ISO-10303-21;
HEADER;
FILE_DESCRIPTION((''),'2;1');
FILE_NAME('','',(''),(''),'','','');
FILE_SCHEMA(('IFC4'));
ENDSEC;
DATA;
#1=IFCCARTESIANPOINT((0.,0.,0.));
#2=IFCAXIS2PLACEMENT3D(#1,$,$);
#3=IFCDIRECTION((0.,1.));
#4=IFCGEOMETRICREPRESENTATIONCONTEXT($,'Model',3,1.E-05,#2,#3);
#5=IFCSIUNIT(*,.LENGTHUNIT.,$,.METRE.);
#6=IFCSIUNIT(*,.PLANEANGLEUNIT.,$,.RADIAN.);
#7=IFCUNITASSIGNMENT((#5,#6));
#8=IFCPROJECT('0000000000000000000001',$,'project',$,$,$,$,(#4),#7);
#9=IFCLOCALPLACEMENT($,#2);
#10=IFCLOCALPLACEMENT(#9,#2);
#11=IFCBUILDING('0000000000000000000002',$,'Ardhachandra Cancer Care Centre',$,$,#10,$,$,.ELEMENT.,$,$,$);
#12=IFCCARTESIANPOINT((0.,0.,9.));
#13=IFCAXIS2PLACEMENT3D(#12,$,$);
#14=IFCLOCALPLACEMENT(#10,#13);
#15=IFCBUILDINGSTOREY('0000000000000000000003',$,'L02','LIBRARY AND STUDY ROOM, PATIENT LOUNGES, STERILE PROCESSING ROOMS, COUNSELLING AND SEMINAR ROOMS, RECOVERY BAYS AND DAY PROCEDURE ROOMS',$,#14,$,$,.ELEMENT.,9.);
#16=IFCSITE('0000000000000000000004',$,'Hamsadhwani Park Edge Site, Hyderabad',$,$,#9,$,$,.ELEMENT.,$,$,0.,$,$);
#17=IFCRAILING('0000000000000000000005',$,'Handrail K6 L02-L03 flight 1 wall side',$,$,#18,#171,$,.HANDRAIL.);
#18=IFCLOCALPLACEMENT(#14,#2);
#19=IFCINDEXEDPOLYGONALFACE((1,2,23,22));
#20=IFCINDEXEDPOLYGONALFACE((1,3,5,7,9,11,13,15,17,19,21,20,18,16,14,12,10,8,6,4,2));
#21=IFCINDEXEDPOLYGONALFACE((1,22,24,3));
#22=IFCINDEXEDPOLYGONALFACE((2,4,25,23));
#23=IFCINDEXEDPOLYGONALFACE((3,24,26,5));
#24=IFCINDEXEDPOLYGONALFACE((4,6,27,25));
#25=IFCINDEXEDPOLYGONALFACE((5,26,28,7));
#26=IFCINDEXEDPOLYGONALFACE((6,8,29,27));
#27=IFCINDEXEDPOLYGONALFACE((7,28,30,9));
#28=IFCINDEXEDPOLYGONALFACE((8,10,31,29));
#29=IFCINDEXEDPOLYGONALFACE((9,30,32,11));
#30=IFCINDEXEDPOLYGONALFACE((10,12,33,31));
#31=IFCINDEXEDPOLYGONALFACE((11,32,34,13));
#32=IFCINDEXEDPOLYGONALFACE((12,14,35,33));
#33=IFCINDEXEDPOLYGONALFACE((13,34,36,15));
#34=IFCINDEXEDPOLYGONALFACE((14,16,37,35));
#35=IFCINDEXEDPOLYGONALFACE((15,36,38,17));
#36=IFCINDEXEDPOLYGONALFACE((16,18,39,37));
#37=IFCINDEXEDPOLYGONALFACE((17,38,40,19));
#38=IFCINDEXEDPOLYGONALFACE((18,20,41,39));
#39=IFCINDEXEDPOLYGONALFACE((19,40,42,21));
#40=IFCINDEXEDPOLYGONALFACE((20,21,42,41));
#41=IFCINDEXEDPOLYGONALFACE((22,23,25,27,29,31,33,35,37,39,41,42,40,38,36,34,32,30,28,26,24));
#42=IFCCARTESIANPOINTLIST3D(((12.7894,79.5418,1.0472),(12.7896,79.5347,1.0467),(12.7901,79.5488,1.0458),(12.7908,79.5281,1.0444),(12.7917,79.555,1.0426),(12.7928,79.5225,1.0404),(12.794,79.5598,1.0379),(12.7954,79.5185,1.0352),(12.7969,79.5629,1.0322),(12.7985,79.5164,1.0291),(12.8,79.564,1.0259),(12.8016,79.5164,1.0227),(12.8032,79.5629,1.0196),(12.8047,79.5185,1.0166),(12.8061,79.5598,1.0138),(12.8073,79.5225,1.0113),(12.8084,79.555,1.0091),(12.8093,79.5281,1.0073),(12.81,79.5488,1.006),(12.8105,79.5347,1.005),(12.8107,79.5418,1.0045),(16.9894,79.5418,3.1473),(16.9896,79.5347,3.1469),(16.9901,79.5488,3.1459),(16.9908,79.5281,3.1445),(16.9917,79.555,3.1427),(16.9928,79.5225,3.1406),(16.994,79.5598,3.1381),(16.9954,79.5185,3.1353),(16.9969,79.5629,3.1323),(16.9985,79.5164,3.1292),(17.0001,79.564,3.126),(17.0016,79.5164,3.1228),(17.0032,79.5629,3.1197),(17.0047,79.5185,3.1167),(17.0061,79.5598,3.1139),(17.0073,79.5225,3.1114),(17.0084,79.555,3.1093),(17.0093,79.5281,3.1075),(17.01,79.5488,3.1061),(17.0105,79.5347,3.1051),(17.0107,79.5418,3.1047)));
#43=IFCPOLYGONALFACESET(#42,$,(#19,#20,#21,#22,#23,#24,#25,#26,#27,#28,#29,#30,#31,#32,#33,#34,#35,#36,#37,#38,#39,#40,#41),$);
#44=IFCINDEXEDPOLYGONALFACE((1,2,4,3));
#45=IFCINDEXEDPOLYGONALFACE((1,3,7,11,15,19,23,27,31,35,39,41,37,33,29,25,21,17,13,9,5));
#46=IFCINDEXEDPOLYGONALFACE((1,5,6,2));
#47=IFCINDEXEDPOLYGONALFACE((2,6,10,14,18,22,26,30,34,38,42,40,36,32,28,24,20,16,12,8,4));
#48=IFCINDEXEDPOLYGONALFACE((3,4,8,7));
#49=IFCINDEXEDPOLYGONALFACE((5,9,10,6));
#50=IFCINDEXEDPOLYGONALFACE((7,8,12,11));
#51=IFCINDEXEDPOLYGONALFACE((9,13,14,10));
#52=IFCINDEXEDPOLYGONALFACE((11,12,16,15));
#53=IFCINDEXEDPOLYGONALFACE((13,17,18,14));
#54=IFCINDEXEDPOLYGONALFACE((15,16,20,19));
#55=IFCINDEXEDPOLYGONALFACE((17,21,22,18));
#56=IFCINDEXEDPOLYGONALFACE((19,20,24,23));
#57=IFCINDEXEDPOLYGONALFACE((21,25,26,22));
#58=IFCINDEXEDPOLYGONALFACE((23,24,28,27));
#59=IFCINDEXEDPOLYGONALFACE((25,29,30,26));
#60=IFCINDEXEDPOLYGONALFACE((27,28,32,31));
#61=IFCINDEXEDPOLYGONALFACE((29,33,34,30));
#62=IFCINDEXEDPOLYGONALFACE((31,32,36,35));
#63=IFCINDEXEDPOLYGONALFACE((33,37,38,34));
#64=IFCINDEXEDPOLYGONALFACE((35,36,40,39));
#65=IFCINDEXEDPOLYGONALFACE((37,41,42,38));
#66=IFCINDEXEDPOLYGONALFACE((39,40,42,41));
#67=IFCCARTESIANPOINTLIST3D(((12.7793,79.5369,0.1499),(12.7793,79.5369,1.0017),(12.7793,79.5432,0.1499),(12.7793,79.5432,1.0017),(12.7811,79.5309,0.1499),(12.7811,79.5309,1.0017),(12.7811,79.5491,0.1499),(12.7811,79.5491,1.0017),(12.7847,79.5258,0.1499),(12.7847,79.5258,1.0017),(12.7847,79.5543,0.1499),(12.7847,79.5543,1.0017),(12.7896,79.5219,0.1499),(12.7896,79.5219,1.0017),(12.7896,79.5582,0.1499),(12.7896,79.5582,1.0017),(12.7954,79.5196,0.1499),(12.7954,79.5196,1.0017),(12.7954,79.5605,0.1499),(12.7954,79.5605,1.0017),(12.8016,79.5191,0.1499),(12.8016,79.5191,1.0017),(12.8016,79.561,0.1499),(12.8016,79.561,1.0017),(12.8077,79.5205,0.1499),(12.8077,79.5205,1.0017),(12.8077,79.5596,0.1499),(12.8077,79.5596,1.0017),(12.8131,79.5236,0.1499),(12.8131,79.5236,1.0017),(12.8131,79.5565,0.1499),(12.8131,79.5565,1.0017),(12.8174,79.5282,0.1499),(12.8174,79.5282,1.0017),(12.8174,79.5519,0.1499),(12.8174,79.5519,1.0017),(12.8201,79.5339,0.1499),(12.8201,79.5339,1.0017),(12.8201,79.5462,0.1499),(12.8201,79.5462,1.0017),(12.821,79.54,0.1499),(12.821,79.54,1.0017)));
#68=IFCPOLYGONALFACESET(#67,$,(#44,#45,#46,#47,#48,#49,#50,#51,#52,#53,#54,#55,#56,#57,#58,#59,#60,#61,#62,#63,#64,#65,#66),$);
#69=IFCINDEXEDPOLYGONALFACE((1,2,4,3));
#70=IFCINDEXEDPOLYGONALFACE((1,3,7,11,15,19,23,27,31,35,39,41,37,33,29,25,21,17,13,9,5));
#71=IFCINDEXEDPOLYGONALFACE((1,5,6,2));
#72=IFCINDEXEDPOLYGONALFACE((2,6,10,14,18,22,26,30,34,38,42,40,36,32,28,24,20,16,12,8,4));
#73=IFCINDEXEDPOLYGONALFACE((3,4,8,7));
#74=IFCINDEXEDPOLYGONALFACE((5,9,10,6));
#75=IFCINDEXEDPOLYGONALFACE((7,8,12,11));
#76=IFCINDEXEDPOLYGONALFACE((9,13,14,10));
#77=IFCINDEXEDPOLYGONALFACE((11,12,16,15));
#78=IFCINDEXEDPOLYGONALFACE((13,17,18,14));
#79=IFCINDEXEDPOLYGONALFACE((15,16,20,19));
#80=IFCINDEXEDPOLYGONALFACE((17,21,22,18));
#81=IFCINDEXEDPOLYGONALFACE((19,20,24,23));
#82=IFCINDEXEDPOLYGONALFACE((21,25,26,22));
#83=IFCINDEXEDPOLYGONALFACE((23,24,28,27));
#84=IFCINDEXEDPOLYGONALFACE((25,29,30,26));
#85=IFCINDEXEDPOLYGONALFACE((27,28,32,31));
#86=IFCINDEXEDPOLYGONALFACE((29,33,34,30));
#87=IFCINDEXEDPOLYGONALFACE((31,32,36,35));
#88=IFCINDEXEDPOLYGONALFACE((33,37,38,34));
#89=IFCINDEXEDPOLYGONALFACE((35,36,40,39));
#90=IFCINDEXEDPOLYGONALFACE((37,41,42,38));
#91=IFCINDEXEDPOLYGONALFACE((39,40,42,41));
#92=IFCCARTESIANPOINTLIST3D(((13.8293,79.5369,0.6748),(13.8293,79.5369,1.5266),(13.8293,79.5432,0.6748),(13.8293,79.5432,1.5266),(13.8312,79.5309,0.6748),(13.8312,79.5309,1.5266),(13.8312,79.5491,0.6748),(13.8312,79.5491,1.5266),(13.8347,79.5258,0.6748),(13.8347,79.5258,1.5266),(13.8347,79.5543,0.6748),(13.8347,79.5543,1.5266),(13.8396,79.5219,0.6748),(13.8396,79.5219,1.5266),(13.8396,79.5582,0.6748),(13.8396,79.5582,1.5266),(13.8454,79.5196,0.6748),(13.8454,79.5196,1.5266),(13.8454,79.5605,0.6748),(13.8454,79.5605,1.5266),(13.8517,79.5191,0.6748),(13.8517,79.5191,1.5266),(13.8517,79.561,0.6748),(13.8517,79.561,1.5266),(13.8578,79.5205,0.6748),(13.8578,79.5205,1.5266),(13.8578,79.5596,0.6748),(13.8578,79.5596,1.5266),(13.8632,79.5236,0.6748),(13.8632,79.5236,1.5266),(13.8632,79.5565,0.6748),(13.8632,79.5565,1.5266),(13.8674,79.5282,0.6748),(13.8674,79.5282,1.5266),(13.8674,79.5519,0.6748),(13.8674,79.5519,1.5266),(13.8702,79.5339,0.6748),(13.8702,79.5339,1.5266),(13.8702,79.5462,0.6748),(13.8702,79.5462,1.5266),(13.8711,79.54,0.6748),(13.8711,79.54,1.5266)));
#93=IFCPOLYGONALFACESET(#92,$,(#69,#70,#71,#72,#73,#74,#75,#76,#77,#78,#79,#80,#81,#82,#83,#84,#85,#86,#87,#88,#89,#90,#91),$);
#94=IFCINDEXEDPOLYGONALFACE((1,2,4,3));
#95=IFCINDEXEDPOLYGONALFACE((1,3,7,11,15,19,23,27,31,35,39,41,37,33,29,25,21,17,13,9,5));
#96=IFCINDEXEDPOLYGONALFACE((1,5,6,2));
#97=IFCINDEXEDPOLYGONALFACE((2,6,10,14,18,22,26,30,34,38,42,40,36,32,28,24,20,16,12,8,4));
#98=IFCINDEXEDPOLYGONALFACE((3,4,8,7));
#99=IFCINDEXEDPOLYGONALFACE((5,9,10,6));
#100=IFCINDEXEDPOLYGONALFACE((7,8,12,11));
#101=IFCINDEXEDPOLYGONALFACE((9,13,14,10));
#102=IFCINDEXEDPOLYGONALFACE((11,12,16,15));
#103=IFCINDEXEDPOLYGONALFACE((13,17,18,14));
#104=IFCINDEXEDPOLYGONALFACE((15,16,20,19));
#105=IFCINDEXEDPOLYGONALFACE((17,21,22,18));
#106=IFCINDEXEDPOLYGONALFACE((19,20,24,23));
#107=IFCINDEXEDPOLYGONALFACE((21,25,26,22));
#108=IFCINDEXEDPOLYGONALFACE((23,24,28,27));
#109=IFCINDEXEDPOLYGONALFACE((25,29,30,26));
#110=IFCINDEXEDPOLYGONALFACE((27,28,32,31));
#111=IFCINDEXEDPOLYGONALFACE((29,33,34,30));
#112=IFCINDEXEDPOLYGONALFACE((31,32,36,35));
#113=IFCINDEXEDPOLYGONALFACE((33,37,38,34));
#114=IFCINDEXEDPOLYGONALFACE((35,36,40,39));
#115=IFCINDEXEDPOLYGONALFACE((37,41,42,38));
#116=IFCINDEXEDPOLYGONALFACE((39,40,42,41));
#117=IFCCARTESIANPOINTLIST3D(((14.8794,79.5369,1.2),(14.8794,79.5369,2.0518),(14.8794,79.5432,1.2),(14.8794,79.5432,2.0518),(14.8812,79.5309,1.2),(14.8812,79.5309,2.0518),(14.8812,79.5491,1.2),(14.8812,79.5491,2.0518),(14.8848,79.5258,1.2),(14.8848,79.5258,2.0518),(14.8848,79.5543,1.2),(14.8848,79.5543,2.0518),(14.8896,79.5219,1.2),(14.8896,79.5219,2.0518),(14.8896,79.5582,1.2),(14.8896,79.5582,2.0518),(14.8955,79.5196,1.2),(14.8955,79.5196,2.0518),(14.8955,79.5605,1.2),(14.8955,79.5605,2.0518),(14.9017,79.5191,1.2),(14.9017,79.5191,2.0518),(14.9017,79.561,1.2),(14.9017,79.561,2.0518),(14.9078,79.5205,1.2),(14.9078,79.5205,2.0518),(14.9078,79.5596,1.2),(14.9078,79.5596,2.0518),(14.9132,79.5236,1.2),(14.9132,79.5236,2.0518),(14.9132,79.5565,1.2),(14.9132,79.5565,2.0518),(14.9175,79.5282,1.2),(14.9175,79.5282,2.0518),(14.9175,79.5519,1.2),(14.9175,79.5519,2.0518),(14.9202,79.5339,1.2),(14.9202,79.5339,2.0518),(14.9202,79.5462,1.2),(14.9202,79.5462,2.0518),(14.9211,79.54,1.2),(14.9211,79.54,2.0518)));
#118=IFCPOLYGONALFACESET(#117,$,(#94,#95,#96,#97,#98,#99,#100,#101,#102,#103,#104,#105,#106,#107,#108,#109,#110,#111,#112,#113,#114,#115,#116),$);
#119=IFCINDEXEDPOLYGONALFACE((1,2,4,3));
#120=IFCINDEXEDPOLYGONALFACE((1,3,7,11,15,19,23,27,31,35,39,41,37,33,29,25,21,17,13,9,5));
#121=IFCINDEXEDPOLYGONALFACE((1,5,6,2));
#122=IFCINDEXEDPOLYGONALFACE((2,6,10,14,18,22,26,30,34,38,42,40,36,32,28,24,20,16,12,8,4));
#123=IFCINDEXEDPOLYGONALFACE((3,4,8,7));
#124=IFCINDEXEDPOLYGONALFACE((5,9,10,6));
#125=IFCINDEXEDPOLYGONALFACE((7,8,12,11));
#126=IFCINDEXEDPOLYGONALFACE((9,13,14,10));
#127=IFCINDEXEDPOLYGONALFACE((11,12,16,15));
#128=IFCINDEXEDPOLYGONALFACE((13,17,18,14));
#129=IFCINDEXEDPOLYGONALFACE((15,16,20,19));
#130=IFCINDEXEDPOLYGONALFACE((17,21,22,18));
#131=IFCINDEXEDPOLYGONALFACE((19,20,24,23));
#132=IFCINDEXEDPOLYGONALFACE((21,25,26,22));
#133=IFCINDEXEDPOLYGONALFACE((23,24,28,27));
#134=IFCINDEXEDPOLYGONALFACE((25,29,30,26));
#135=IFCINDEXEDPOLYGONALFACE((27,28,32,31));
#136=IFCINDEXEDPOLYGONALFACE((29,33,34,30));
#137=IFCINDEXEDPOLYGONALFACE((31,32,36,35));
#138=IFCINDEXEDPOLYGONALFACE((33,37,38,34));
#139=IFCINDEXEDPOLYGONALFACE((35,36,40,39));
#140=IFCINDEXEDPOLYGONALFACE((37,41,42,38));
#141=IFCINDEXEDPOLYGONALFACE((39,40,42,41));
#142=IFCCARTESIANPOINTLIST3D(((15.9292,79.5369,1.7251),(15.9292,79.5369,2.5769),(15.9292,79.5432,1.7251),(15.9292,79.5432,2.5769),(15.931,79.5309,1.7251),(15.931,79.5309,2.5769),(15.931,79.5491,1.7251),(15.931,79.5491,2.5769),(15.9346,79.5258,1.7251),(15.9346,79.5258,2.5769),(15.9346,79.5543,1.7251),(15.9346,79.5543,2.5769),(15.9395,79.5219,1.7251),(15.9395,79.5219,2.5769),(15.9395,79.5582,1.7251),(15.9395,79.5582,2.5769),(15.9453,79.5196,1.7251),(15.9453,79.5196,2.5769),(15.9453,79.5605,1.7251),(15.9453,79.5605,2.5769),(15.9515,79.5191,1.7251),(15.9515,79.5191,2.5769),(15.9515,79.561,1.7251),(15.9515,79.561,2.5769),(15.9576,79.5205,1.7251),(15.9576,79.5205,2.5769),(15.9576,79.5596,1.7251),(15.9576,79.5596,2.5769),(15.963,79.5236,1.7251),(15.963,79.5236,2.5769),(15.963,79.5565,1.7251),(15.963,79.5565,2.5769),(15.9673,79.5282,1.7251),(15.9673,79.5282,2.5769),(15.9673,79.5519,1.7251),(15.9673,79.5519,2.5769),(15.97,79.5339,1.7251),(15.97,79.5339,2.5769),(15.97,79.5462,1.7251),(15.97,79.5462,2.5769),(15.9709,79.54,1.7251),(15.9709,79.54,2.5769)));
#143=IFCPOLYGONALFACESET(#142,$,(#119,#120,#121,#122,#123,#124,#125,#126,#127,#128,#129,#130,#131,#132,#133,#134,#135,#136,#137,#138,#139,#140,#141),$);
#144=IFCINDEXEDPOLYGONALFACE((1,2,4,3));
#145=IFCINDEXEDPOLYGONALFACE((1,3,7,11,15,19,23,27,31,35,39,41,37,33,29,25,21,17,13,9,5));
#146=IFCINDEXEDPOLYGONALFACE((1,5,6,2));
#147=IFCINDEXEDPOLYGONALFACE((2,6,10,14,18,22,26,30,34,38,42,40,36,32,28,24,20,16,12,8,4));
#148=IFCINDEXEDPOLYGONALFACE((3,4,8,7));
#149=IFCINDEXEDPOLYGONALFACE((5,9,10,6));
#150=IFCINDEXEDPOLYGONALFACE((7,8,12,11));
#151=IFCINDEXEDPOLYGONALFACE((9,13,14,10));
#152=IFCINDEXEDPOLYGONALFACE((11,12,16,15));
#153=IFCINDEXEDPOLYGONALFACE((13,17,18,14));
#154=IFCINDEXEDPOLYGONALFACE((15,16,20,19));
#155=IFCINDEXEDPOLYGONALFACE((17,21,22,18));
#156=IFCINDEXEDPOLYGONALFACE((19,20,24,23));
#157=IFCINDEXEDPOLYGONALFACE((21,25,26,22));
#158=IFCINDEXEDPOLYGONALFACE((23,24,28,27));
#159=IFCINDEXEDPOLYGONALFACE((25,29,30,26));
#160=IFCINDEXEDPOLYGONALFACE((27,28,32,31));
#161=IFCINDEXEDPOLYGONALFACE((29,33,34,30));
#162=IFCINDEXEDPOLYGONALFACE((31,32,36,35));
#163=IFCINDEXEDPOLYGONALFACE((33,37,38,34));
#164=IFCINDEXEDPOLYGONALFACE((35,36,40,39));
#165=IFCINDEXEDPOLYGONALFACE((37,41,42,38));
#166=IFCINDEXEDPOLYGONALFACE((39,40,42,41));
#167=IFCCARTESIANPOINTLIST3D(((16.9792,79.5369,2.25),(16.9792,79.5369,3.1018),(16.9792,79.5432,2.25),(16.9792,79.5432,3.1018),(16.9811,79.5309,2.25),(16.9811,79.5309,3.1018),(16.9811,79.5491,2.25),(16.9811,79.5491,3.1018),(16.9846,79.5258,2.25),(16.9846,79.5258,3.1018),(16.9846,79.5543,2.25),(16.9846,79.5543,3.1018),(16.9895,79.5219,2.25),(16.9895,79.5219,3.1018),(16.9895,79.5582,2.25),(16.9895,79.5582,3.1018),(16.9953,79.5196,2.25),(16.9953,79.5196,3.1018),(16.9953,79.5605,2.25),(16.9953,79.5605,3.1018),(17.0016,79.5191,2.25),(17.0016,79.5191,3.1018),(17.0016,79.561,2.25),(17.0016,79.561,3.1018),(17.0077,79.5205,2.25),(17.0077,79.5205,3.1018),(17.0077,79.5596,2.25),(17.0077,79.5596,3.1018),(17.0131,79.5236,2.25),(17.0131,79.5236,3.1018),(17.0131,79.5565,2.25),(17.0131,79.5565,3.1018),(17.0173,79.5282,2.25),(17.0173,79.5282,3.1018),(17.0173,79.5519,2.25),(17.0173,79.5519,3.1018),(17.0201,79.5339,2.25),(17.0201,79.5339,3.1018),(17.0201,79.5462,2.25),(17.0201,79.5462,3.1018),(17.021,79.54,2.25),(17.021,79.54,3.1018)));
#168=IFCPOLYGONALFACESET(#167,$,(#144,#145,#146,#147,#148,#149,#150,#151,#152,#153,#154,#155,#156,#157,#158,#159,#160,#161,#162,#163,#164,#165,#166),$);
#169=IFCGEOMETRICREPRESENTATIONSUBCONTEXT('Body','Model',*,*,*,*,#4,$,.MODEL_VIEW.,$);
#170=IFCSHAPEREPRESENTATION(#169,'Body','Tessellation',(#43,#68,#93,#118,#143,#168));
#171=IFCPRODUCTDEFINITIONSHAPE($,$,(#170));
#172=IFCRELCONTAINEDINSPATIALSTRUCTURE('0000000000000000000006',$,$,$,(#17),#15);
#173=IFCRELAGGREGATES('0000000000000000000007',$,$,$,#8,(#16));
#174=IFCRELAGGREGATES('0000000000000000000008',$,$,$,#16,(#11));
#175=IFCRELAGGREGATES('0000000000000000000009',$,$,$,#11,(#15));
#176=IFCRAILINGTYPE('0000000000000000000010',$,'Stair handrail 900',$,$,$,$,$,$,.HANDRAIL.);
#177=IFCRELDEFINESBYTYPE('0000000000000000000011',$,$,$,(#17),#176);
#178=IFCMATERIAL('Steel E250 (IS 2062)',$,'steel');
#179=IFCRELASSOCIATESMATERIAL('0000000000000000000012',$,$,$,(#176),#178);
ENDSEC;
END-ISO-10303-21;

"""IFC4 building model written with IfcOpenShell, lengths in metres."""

from ifc_helpers import new_model, si_unit, direction, frame, origin, origin_2d, place, context, subcontext, project, spatial, circle, extrude, material, type_object, element, save


model = new_model("IFC4")

# Units and contexts
model_context = context("Model", 3, precision=1e-05, world=origin(), true_north=direction((0.0, 1.0)))
body_context = subcontext(model_context, "Body", "Model", "MODEL_VIEW")
ifc_project = project(units=[si_unit("LENGTHUNIT", "METRE"), si_unit("PLANEANGLEUNIT", "RADIAN")], contexts=[model_context])

# Site, building, storey
site_placement = place(None, origin())
site = spatial("IfcSite", under=ifc_project, at=site_placement, Name="Hamsadhwani Park Edge Site, Hyderabad", CompositionType="ELEMENT", RefElevation=0.0)
building_placement = place(site_placement, origin())
building = spatial("IfcBuilding", under=site, at=building_placement, Name="Ardhachandra Cancer Care Centre", CompositionType="ELEMENT")
storey_placement = place(building_placement, frame((0.0, 0.0, 9.0)))
storey = spatial("IfcBuildingStorey", under=building, at=storey_placement, Name="L02", Description="LIBRARY AND STUDY ROOM, PATIENT LOUNGES, STERILE PROCESSING ROOMS, COUNSELLING AND SEMINAR ROOMS, RECOVERY BAYS AND DAY PROCEDURE ROOMS", CompositionType="ELEMENT", Elevation=9.0)

# Railing
ifc_material_1 = material(Name="Steel E250 (IS 2062)", Category="steel")
railing_type_1 = type_object("IfcRailingType", Name="Stair handrail 900", PredefinedType="HANDRAIL", material=ifc_material_1)
for number, where, name in (
    (1, (12.8, 79.54, 0.1499), "Handrail K6 L02-L03 flight 1 wall side"),
):
    element("IfcRailing", number, at=place(storey_placement, frame(where)), inside=storey, type_object=railing_type_1, Name=name, PredefinedType="HANDRAIL", context=body_context, shape_type="SweptSolid", body=[
        extrude(circle(Radius=0.0239, at=origin_2d()), frame((0.0, 0.0, 0.876), z_axis=(0.894417, 0.0, 0.447234), x_axis=(0.0, 1.0, 0.0)), (0.0, 0.0, 1.0), 4.6958),
        extrude(circle(Radius=0.021, at=origin_2d()), origin(), (0.0, 0.0, 1.0), 0.8518),
        extrude(circle(Radius=0.021, at=origin_2d()), frame((1.05, 0.0, 0.5249)), (0.0, 0.0, 1.0), 0.8518),
        extrude(circle(Radius=0.021, at=origin_2d()), frame((2.1001, 0.0, 1.05)), (0.0, 0.0, 1.0), 0.8518),
        extrude(circle(Radius=0.021, at=origin_2d()), frame((3.1499, 0.0, 1.5752)), (0.0, 0.0, 1.0), 0.8518),
        extrude(circle(Radius=0.021, at=origin_2d()), frame((4.2, 0.0, 2.1001)), (0.0, 0.0, 1.0), 0.8518),
    ])

save(model, "model.ifc")
